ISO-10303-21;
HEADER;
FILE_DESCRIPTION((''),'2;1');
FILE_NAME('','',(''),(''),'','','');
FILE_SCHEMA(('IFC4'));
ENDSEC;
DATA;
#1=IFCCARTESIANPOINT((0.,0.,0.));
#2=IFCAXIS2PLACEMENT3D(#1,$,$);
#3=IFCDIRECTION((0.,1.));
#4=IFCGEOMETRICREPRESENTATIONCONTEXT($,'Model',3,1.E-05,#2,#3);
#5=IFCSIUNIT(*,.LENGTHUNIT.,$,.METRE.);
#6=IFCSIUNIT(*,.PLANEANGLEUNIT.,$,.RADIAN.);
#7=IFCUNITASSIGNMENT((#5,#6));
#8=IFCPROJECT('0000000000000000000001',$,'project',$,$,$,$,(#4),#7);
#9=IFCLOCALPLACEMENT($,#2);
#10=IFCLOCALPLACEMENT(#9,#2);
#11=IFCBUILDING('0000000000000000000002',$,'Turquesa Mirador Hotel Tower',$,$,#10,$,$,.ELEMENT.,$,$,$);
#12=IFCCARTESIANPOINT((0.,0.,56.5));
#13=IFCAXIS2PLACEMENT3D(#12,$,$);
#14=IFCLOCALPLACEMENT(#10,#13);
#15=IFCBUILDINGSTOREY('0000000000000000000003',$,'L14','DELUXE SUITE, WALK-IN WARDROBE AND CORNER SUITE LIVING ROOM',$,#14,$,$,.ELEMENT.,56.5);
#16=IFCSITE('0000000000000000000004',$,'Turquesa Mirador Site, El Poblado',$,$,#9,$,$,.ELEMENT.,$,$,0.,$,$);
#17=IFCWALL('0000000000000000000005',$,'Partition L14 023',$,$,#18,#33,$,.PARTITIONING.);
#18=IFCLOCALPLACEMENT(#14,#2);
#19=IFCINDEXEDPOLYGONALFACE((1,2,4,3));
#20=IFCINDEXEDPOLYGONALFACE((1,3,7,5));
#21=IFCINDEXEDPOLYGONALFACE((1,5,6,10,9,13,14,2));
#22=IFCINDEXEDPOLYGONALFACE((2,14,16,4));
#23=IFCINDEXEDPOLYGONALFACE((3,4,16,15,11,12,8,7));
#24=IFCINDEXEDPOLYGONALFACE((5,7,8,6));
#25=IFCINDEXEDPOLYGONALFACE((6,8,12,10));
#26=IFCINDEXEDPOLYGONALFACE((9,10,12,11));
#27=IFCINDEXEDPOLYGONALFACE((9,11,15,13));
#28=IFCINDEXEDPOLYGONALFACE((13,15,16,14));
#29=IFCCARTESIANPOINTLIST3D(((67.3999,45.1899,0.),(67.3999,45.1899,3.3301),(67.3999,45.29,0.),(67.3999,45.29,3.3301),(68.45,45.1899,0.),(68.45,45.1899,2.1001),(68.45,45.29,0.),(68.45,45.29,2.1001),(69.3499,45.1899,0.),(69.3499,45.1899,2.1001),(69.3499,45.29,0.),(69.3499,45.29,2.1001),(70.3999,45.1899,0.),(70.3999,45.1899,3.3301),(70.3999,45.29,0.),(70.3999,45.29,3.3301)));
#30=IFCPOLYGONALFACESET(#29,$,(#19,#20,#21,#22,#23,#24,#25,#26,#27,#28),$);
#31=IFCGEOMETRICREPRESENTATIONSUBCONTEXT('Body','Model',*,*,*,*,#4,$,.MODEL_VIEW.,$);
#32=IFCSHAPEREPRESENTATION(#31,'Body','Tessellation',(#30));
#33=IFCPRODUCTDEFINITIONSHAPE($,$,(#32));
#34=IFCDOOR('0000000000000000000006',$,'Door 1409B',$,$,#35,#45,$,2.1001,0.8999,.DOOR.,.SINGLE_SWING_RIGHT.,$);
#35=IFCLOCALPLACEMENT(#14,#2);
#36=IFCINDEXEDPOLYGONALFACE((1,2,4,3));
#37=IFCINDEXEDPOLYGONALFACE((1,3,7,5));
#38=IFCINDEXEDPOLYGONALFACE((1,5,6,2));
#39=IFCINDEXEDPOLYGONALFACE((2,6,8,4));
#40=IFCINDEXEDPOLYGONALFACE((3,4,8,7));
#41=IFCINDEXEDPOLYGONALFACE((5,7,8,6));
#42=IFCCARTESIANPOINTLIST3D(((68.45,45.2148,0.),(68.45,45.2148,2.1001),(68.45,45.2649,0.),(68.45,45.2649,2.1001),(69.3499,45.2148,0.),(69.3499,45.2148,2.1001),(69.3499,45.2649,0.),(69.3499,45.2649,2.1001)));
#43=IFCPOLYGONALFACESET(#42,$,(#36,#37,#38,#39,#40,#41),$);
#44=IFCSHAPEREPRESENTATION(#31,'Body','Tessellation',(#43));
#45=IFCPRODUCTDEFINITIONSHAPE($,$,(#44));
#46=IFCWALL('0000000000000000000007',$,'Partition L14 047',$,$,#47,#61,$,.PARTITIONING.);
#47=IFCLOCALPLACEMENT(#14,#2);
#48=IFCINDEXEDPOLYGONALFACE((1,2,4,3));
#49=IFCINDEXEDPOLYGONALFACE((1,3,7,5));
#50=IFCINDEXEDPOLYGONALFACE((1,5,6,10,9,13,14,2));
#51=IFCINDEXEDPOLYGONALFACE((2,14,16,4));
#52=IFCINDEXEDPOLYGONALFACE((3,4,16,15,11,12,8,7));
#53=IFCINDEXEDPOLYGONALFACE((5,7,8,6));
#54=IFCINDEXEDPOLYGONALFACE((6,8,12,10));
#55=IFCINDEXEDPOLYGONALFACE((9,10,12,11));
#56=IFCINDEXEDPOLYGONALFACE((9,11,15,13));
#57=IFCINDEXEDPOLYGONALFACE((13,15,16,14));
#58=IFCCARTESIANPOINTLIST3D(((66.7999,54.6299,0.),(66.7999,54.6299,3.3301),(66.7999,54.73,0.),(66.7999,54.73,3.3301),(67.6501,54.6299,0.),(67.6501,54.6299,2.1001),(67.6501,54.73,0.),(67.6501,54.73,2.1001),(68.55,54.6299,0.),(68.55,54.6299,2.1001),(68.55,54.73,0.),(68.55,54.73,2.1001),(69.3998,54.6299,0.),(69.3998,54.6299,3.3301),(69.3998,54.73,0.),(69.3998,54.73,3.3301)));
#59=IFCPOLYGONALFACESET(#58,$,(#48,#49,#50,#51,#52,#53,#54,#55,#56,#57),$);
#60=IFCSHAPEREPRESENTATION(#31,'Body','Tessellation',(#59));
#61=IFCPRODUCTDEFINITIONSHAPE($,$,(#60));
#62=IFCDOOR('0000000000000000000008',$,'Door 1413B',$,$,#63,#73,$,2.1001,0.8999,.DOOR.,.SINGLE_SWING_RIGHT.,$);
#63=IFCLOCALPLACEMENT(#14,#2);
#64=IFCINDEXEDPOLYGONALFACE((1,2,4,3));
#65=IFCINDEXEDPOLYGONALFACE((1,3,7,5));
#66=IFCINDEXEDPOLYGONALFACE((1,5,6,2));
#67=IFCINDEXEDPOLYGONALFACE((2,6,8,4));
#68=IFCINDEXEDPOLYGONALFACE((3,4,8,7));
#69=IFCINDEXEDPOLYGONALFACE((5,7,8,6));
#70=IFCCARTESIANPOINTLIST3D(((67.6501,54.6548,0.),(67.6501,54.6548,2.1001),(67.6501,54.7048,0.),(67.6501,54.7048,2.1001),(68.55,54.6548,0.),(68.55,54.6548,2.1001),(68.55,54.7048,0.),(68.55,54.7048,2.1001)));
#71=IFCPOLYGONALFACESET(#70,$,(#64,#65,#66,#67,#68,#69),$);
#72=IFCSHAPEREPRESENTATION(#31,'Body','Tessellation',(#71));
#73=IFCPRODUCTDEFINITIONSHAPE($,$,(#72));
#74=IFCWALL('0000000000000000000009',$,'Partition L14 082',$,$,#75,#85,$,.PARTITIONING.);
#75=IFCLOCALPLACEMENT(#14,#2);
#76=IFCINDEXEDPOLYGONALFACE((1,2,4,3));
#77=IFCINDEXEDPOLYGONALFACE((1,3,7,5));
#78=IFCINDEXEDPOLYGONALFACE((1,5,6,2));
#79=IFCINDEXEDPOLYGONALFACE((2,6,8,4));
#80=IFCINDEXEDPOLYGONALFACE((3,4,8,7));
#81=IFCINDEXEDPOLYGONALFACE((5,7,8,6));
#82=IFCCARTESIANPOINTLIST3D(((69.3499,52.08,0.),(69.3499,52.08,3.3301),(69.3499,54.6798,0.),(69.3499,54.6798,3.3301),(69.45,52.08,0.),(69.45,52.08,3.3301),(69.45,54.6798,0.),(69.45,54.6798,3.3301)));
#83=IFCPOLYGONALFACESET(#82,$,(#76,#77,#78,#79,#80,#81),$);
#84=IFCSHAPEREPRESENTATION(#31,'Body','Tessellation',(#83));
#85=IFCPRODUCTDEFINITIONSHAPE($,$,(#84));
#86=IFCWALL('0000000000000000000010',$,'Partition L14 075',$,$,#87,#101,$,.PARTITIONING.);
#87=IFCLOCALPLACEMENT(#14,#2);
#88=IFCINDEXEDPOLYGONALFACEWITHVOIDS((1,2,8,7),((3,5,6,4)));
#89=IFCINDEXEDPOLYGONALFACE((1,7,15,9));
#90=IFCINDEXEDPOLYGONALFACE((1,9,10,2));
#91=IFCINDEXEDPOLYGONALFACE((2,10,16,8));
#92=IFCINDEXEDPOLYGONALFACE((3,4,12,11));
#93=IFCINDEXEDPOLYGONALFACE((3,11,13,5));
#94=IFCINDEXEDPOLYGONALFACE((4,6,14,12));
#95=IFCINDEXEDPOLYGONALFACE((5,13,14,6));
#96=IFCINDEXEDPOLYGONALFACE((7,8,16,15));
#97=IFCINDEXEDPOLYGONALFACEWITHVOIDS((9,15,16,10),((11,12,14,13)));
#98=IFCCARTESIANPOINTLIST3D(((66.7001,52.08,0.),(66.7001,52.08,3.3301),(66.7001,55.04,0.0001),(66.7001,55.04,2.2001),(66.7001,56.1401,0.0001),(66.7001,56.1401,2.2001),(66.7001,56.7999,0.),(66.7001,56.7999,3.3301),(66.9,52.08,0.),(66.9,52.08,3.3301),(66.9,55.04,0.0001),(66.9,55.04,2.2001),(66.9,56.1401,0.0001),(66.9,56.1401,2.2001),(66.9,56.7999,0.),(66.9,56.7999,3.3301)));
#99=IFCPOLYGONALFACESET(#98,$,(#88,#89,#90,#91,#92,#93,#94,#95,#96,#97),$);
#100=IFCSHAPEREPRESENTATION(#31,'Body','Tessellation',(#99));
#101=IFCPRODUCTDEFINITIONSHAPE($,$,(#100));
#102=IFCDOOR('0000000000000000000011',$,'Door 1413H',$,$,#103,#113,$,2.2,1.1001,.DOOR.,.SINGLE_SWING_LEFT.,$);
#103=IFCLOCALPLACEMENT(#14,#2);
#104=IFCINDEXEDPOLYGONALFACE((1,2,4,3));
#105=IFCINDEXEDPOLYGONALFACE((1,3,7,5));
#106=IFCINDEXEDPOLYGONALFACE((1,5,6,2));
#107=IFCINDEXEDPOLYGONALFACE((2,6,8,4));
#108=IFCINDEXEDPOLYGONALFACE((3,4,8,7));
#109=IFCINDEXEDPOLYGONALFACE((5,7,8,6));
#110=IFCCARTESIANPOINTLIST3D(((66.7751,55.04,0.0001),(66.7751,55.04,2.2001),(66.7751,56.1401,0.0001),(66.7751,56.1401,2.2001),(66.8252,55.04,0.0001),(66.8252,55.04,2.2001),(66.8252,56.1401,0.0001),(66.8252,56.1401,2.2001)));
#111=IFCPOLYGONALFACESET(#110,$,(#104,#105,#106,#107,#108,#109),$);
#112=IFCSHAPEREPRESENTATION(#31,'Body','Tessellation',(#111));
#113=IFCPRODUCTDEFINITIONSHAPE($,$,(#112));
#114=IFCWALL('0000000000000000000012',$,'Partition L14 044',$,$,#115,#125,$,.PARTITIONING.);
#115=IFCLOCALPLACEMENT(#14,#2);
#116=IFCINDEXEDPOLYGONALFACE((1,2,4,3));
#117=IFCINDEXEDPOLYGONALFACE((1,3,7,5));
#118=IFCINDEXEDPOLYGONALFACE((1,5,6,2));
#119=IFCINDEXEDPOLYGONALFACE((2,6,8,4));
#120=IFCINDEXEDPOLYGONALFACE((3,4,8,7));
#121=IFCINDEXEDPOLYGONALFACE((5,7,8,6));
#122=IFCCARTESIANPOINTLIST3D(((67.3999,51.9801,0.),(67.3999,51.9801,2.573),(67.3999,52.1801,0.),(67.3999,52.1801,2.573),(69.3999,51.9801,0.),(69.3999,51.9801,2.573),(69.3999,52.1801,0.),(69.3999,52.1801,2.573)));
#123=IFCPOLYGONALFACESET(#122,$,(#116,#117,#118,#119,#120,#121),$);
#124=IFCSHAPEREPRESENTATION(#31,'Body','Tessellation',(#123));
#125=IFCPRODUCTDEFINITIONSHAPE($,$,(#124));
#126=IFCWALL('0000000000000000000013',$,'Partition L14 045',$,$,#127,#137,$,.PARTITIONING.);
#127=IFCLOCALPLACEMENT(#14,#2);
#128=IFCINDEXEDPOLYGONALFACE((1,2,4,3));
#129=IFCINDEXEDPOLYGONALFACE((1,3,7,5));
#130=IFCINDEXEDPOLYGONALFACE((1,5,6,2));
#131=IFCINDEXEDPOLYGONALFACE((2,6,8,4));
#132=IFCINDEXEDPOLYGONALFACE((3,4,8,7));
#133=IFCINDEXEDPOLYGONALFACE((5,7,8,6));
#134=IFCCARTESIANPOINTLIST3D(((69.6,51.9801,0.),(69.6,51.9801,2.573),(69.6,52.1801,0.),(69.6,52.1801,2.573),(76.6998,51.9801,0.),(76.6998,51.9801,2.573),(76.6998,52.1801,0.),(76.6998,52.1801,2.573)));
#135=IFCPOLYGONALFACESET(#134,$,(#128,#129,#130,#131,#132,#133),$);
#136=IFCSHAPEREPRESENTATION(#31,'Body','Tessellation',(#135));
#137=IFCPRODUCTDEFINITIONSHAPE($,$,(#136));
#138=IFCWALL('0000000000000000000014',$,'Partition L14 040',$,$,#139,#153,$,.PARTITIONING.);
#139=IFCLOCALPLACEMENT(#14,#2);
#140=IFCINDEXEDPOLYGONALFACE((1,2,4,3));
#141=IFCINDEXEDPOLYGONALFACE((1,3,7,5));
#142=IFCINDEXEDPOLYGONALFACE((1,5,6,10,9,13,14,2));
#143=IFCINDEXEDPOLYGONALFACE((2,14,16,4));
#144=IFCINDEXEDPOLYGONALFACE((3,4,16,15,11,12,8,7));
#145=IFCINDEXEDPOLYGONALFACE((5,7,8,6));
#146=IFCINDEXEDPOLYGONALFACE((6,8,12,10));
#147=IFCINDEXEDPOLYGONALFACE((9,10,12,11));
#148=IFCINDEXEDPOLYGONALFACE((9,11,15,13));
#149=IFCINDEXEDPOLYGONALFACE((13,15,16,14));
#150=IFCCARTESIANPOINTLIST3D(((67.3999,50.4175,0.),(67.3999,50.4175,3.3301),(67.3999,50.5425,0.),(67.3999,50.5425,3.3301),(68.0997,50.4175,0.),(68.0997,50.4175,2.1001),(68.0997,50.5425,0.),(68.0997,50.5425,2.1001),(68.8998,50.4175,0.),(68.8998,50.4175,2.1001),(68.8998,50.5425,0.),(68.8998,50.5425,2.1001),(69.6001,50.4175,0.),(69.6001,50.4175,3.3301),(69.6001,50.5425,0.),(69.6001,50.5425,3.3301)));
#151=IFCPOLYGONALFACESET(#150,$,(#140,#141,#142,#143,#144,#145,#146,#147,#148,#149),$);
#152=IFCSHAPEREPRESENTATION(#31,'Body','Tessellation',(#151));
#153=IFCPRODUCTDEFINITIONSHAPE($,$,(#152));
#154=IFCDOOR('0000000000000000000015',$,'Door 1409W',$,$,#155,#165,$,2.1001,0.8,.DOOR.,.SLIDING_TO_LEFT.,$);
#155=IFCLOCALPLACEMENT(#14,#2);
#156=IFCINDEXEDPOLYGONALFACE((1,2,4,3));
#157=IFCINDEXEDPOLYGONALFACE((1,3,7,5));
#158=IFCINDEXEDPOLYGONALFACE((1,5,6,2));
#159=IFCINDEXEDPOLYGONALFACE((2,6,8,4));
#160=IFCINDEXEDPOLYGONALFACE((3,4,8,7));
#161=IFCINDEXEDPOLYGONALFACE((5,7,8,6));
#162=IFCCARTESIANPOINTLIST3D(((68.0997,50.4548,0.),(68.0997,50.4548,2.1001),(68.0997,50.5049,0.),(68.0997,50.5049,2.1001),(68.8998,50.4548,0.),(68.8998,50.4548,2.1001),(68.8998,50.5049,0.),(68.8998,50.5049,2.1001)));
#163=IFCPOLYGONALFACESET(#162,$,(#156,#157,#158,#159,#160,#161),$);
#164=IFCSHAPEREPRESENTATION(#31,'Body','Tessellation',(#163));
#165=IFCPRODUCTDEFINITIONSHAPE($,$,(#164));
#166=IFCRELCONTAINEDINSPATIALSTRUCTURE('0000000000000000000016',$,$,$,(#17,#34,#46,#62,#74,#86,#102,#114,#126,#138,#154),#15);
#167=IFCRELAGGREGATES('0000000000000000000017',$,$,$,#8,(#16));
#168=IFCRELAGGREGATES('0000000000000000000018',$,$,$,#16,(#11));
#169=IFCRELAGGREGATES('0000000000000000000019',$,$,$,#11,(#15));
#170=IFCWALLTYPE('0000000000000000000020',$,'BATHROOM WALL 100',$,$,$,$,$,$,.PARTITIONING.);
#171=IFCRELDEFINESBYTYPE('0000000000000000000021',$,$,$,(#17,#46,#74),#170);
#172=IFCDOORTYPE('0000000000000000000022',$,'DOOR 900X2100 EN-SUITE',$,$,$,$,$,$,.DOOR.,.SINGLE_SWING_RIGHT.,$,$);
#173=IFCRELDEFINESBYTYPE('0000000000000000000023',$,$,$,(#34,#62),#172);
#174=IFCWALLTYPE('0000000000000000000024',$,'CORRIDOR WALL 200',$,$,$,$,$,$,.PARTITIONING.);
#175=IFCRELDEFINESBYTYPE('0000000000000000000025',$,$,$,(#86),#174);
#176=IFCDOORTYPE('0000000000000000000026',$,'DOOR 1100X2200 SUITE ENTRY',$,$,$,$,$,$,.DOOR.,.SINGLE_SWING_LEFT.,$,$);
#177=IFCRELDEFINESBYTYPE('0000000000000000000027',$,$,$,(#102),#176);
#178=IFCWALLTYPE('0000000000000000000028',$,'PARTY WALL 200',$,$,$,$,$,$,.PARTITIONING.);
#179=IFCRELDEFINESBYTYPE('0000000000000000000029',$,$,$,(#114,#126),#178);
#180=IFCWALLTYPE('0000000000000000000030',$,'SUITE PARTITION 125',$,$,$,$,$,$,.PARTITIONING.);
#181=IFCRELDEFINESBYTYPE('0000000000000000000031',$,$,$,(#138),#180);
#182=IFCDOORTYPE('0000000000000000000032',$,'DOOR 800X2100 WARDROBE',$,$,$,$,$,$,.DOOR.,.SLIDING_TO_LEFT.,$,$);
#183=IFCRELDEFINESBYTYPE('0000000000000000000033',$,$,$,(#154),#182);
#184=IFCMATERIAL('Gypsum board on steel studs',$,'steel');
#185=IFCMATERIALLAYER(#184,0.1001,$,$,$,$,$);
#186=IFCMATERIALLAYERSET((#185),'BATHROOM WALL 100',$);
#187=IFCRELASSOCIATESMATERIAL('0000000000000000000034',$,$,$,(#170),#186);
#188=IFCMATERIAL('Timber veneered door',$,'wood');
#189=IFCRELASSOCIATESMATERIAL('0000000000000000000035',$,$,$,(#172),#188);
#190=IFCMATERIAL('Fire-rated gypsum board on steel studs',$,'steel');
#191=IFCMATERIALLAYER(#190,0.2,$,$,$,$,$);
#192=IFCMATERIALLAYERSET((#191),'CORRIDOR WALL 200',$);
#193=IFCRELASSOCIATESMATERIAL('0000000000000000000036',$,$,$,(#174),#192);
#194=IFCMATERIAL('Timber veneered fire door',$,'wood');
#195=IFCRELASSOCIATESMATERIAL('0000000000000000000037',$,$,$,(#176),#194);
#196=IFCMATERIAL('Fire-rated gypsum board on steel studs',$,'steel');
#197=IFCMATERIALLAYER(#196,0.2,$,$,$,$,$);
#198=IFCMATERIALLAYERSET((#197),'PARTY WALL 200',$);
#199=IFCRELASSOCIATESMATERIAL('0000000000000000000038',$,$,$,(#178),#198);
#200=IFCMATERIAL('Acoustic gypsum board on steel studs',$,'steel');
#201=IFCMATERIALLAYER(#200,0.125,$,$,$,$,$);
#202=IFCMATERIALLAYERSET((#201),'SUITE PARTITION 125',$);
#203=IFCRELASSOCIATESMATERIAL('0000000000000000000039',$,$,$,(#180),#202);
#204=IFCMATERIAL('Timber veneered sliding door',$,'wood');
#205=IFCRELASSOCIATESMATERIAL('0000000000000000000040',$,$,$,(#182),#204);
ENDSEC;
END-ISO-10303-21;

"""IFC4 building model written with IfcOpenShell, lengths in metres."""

from ifc_helpers import new_model, si_unit, direction, frame, frame_2d, origin, place, context, subcontext, project, spatial, rectangle, extrude, material, layer, layer_set, type_object, element, fill, save


model = new_model("IFC4")

# Units and contexts
model_context = context("Model", 3, precision=1e-05, world=origin(), true_north=direction((0.0, 1.0)))
body_context = subcontext(model_context, "Body", "Model", "MODEL_VIEW")
ifc_project = project(units=[si_unit("LENGTHUNIT", "METRE"), si_unit("PLANEANGLEUNIT", "RADIAN")], contexts=[model_context])

# Site, building, storey
site_placement = place(None, origin())
site = spatial("IfcSite", under=ifc_project, at=site_placement, Name="Turquesa Mirador Site, El Poblado", CompositionType="ELEMENT", RefElevation=0.0)
building_placement = place(site_placement, origin())
building = spatial("IfcBuilding", under=site, at=building_placement, Name="Turquesa Mirador Hotel Tower", CompositionType="ELEMENT")
storey_placement = place(building_placement, frame((0.0, 0.0, 56.5)))
storey = spatial("IfcBuildingStorey", under=building, at=storey_placement, Name="L14", Description="DELUXE SUITE, WALK-IN WARDROBE AND CORNER SUITE LIVING ROOM", CompositionType="ELEMENT", Elevation=56.5)

# Walls, openings, doors
ifc_material_1 = material(Name="Gypsum board on steel studs", Category="steel")
ifc_layer_1 = layer(ifc_material_1, 0.1001)
ifc_layer_set_1 = layer_set([ifc_layer_1], Name="BATHROOM WALL 100")
wall_type_1 = type_object("IfcWallType", Name="BATHROOM WALL 100", PredefinedType="PARTITIONING", material=ifc_layer_set_1)
wall_1_placement = place(storey_placement, frame((67.3999, 45.24, 0.0), z_axis=(0.0, 0.0, 1.0), x_axis=(1.0, 0.0, 0.0)))
wall_1 = element("IfcWall", 1, at=wall_1_placement, inside=storey, type_object=wall_type_1, Name="Partition L14 023", PredefinedType="PARTITIONING", context=body_context, shape_type="SweptSolid", body=[
    extrude(rectangle(XDim=3.0, YDim=0.1001, at=frame_2d((1.5, 0.0))), origin(), (0.0, 0.0, 1.0), 3.3301),
])
opening_1_placement = place(wall_1_placement, frame((1.05, 0.0, 0.0)))
opening_1 = element("IfcOpeningElement", 2, at=opening_1_placement, cuts=wall_1, PredefinedType="OPENING", context=body_context, shape_type="SweptSolid", body=[
    extrude(rectangle(XDim=0.8999, YDim=2.1001, at=frame_2d((0.45, 1.05))), frame((0.0, 0.0601, 0.0), z_axis=(0.0, -1.0, 0.0), x_axis=(1.0, 0.0, 0.0)), (0.0, 0.0, 1.0), 0.1201),
])
ifc_material_2 = material(Name="Timber veneered door", Category="wood")
door_type_1 = type_object("IfcDoorType", Name="DOOR 900X2100 EN-SUITE", OperationType="SINGLE_SWING_RIGHT", PredefinedType="DOOR", material=ifc_material_2)
door_1_placement = place(opening_1_placement, origin())
door_1 = element("IfcDoor", 3, at=door_1_placement, inside=storey, type_object=door_type_1, Name="Door 1409B", OperationType="SINGLE_SWING_RIGHT", OverallHeight=2.1001, OverallWidth=0.8999, PredefinedType="DOOR", context=body_context, shape_type="SweptSolid", body=[
    extrude(rectangle(XDim=0.8999, YDim=2.1001, at=frame_2d((0.45, 1.05))), frame((0.0, 0.0249, 0.0), z_axis=(0.0, -1.0, 0.0), x_axis=(1.0, 0.0, 0.0)), (0.0, 0.0, 1.0), 0.05),
])
fill(opening_1, door_1)
wall_2_placement = place(storey_placement, frame((66.8, 54.6799, 0.0), z_axis=(0.0, 0.0, 1.0), x_axis=(1.0, 0.0, 0.0)))
wall_2 = element("IfcWall", 4, at=wall_2_placement, inside=storey, type_object=wall_type_1, Name="Partition L14 047", PredefinedType="PARTITIONING", context=body_context, shape_type="SweptSolid", body=[
    extrude(rectangle(XDim=2.5999, YDim=0.1001, at=frame_2d((1.2998, 0.0))), origin(), (0.0, 0.0, 1.0), 3.3301),
])
opening_2_placement = place(wall_2_placement, frame((0.8501, 0.0, 0.0)))
opening_2 = element("IfcOpeningElement", 5, at=opening_2_placement, cuts=wall_2, PredefinedType="OPENING", context=body_context, shape_type="SweptSolid", body=[
    extrude(rectangle(XDim=0.8999, YDim=2.1001, at=frame_2d((0.45, 1.05))), frame((0.0, 0.0601, 0.0), z_axis=(0.0, -1.0, 0.0), x_axis=(1.0, 0.0, 0.0)), (0.0, 0.0, 1.0), 0.1201),
])
door_2_placement = place(opening_2_placement, origin())
door_2 = element("IfcDoor", 6, at=door_2_placement, inside=storey, type_object=door_type_1, Name="Door 1413B", OperationType="SINGLE_SWING_RIGHT", OverallHeight=2.1001, OverallWidth=0.8999, PredefinedType="DOOR", context=body_context, shape_type="SweptSolid", body=[
    extrude(rectangle(XDim=0.8999, YDim=2.1001, at=frame_2d((0.45, 1.05))), frame((0.0, 0.0249, 0.0), z_axis=(0.0, -1.0, 0.0), x_axis=(1.0, 0.0, 0.0)), (0.0, 0.0, 1.0), 0.05),
])
fill(opening_2, door_2)

# Wall
wall_3_placement = place(storey_placement, frame((69.3999, 52.0801, 0.0), z_axis=(0.0, 0.0, 1.0), x_axis=(0.0, 1.0, 0.0)))
element("IfcWall", 7, at=wall_3_placement, inside=storey, type_object=wall_type_1, Name="Partition L14 082", PredefinedType="PARTITIONING", context=body_context, shape_type="SweptSolid", body=[
    extrude(rectangle(XDim=2.5999, YDim=0.1001, at=frame_2d((1.2998, 0.0))), origin(), (0.0, 0.0, 1.0), 3.3301),
])

# Wall, opening, door
ifc_material_3 = material(Name="Fire-rated gypsum board on steel studs", Category="steel")
ifc_layer_2 = layer(ifc_material_3, 0.2)
ifc_layer_set_2 = layer_set([ifc_layer_2], Name="CORRIDOR WALL 200")
wall_type_2 = type_object("IfcWallType", Name="CORRIDOR WALL 200", PredefinedType="PARTITIONING", material=ifc_layer_set_2)
wall_4_placement = place(storey_placement, frame((66.8, 52.0801, 0.0), z_axis=(0.0, 0.0, 1.0), x_axis=(0.0, 1.0, 0.0)))
wall_4 = element("IfcWall", 8, at=wall_4_placement, inside=storey, type_object=wall_type_2, Name="Partition L14 075", PredefinedType="PARTITIONING", context=body_context, shape_type="SweptSolid", body=[
    extrude(rectangle(XDim=4.72, YDim=0.2, at=frame_2d((2.3599, 0.0))), origin(), (0.0, 0.0, 1.0), 3.3301),
])
opening_3_placement = place(wall_4_placement, frame((2.96, 0.0, 0.0)))
opening_3 = element("IfcOpeningElement", 9, at=opening_3_placement, cuts=wall_4, PredefinedType="OPENING", context=body_context, shape_type="SweptSolid", body=[
    extrude(rectangle(XDim=1.1001, YDim=2.2, at=frame_2d((0.55, 1.1001))), frame((0.0, 0.1099, 0.0), z_axis=(0.0, -1.0, 0.0), x_axis=(1.0, 0.0, 0.0)), (0.0, 0.0, 1.0), 0.22),
])
ifc_material_4 = material(Name="Timber veneered fire door", Category="wood")
door_type_2 = type_object("IfcDoorType", Name="DOOR 1100X2200 SUITE ENTRY", OperationType="SINGLE_SWING_LEFT", PredefinedType="DOOR", material=ifc_material_4)
door_3_placement = place(opening_3_placement, origin())
door_3 = element("IfcDoor", 10, at=door_3_placement, inside=storey, type_object=door_type_2, Name="Door 1413H", OperationType="SINGLE_SWING_LEFT", OverallHeight=2.2, OverallWidth=1.1001, PredefinedType="DOOR", context=body_context, shape_type="SweptSolid", body=[
    extrude(rectangle(XDim=1.1001, YDim=2.2, at=frame_2d((0.55, 1.1001))), frame((0.0, 0.0249, 0.0), z_axis=(0.0, -1.0, 0.0), x_axis=(1.0, 0.0, 0.0)), (0.0, 0.0, 1.0), 0.05),
])
fill(opening_3, door_3)

# Walls
ifc_material_5 = material(Name="Fire-rated gypsum board on steel studs", Category="steel")
ifc_layer_3 = layer(ifc_material_5, 0.2)
ifc_layer_set_3 = layer_set([ifc_layer_3], Name="PARTY WALL 200")
wall_type_3 = type_object("IfcWallType", Name="PARTY WALL 200", PredefinedType="PARTITIONING", material=ifc_layer_set_3)
wall_5_placement = place(storey_placement, frame((67.3999, 52.0801, 0.0), z_axis=(0.0, 0.0, 1.0), x_axis=(1.0, 0.0, 0.0)))
element("IfcWall", 11, at=wall_5_placement, inside=storey, type_object=wall_type_3, Name="Partition L14 044", PredefinedType="PARTITIONING", context=body_context, shape_type="SweptSolid", body=[
    extrude(rectangle(XDim=2.0, YDim=0.2, at=frame_2d((1.0, 0.0))), origin(), (0.0, 0.0, 1.0), 2.573),
])
wall_6_placement = place(storey_placement, frame((69.6001, 52.0801, 0.0), z_axis=(0.0, 0.0, 1.0), x_axis=(1.0, 0.0, 0.0)))
element("IfcWall", 12, at=wall_6_placement, inside=storey, type_object=wall_type_3, Name="Partition L14 045", PredefinedType="PARTITIONING", context=body_context, shape_type="SweptSolid", body=[
    extrude(rectangle(XDim=7.0999, YDim=0.2, at=frame_2d((3.5498, 0.0))), origin(), (0.0, 0.0, 1.0), 2.573),
])

# Wall, opening, door
ifc_material_6 = material(Name="Acoustic gypsum board on steel studs", Category="steel")
ifc_layer_4 = layer(ifc_material_6, 0.125)
ifc_layer_set_4 = layer_set([ifc_layer_4], Name="SUITE PARTITION 125")
wall_type_4 = type_object("IfcWallType", Name="SUITE PARTITION 125", PredefinedType="PARTITIONING", material=ifc_layer_set_4)
wall_7_placement = place(storey_placement, frame((67.3999, 50.48, 0.0), z_axis=(0.0, 0.0, 1.0), x_axis=(1.0, 0.0, 0.0)))
wall_7 = element("IfcWall", 13, at=wall_7_placement, inside=storey, type_object=wall_type_4, Name="Partition L14 040", PredefinedType="PARTITIONING", context=body_context, shape_type="SweptSolid", body=[
    extrude(rectangle(XDim=2.2002, YDim=0.125, at=frame_2d((1.1001, 0.0))), origin(), (0.0, 0.0, 1.0), 3.3301),
])
opening_4_placement = place(wall_7_placement, frame((0.7, 0.0, 0.0)))
opening_4 = element("IfcOpeningElement", 14, at=opening_4_placement, cuts=wall_7, PredefinedType="OPENING", context=body_context, shape_type="SweptSolid", body=[
    extrude(rectangle(XDim=0.8, YDim=2.1001, at=frame_2d((0.3999, 1.05))), frame((0.0, 0.0725, 0.0), z_axis=(0.0, -1.0, 0.0), x_axis=(1.0, 0.0, 0.0)), (0.0, 0.0, 1.0), 0.145),
])
ifc_material_7 = material(Name="Timber veneered sliding door", Category="wood")
door_type_3 = type_object("IfcDoorType", Name="DOOR 800X2100 WARDROBE", OperationType="SLIDING_TO_LEFT", PredefinedType="DOOR", material=ifc_material_7)
door_4_placement = place(opening_4_placement, origin())
door_4 = element("IfcDoor", 15, at=door_4_placement, inside=storey, type_object=door_type_3, Name="Door 1409W", OperationType="SLIDING_TO_LEFT", OverallHeight=2.1001, OverallWidth=0.8, PredefinedType="DOOR", context=body_context, shape_type="SweptSolid", body=[
    extrude(rectangle(XDim=0.8, YDim=2.1001, at=frame_2d((0.3999, 1.05))), frame((0.0, 0.0249, 0.0), z_axis=(0.0, -1.0, 0.0), x_axis=(1.0, 0.0, 0.0)), (0.0, 0.0, 1.0), 0.05),
])
fill(opening_4, door_4)

save(model, "model.ifc")
